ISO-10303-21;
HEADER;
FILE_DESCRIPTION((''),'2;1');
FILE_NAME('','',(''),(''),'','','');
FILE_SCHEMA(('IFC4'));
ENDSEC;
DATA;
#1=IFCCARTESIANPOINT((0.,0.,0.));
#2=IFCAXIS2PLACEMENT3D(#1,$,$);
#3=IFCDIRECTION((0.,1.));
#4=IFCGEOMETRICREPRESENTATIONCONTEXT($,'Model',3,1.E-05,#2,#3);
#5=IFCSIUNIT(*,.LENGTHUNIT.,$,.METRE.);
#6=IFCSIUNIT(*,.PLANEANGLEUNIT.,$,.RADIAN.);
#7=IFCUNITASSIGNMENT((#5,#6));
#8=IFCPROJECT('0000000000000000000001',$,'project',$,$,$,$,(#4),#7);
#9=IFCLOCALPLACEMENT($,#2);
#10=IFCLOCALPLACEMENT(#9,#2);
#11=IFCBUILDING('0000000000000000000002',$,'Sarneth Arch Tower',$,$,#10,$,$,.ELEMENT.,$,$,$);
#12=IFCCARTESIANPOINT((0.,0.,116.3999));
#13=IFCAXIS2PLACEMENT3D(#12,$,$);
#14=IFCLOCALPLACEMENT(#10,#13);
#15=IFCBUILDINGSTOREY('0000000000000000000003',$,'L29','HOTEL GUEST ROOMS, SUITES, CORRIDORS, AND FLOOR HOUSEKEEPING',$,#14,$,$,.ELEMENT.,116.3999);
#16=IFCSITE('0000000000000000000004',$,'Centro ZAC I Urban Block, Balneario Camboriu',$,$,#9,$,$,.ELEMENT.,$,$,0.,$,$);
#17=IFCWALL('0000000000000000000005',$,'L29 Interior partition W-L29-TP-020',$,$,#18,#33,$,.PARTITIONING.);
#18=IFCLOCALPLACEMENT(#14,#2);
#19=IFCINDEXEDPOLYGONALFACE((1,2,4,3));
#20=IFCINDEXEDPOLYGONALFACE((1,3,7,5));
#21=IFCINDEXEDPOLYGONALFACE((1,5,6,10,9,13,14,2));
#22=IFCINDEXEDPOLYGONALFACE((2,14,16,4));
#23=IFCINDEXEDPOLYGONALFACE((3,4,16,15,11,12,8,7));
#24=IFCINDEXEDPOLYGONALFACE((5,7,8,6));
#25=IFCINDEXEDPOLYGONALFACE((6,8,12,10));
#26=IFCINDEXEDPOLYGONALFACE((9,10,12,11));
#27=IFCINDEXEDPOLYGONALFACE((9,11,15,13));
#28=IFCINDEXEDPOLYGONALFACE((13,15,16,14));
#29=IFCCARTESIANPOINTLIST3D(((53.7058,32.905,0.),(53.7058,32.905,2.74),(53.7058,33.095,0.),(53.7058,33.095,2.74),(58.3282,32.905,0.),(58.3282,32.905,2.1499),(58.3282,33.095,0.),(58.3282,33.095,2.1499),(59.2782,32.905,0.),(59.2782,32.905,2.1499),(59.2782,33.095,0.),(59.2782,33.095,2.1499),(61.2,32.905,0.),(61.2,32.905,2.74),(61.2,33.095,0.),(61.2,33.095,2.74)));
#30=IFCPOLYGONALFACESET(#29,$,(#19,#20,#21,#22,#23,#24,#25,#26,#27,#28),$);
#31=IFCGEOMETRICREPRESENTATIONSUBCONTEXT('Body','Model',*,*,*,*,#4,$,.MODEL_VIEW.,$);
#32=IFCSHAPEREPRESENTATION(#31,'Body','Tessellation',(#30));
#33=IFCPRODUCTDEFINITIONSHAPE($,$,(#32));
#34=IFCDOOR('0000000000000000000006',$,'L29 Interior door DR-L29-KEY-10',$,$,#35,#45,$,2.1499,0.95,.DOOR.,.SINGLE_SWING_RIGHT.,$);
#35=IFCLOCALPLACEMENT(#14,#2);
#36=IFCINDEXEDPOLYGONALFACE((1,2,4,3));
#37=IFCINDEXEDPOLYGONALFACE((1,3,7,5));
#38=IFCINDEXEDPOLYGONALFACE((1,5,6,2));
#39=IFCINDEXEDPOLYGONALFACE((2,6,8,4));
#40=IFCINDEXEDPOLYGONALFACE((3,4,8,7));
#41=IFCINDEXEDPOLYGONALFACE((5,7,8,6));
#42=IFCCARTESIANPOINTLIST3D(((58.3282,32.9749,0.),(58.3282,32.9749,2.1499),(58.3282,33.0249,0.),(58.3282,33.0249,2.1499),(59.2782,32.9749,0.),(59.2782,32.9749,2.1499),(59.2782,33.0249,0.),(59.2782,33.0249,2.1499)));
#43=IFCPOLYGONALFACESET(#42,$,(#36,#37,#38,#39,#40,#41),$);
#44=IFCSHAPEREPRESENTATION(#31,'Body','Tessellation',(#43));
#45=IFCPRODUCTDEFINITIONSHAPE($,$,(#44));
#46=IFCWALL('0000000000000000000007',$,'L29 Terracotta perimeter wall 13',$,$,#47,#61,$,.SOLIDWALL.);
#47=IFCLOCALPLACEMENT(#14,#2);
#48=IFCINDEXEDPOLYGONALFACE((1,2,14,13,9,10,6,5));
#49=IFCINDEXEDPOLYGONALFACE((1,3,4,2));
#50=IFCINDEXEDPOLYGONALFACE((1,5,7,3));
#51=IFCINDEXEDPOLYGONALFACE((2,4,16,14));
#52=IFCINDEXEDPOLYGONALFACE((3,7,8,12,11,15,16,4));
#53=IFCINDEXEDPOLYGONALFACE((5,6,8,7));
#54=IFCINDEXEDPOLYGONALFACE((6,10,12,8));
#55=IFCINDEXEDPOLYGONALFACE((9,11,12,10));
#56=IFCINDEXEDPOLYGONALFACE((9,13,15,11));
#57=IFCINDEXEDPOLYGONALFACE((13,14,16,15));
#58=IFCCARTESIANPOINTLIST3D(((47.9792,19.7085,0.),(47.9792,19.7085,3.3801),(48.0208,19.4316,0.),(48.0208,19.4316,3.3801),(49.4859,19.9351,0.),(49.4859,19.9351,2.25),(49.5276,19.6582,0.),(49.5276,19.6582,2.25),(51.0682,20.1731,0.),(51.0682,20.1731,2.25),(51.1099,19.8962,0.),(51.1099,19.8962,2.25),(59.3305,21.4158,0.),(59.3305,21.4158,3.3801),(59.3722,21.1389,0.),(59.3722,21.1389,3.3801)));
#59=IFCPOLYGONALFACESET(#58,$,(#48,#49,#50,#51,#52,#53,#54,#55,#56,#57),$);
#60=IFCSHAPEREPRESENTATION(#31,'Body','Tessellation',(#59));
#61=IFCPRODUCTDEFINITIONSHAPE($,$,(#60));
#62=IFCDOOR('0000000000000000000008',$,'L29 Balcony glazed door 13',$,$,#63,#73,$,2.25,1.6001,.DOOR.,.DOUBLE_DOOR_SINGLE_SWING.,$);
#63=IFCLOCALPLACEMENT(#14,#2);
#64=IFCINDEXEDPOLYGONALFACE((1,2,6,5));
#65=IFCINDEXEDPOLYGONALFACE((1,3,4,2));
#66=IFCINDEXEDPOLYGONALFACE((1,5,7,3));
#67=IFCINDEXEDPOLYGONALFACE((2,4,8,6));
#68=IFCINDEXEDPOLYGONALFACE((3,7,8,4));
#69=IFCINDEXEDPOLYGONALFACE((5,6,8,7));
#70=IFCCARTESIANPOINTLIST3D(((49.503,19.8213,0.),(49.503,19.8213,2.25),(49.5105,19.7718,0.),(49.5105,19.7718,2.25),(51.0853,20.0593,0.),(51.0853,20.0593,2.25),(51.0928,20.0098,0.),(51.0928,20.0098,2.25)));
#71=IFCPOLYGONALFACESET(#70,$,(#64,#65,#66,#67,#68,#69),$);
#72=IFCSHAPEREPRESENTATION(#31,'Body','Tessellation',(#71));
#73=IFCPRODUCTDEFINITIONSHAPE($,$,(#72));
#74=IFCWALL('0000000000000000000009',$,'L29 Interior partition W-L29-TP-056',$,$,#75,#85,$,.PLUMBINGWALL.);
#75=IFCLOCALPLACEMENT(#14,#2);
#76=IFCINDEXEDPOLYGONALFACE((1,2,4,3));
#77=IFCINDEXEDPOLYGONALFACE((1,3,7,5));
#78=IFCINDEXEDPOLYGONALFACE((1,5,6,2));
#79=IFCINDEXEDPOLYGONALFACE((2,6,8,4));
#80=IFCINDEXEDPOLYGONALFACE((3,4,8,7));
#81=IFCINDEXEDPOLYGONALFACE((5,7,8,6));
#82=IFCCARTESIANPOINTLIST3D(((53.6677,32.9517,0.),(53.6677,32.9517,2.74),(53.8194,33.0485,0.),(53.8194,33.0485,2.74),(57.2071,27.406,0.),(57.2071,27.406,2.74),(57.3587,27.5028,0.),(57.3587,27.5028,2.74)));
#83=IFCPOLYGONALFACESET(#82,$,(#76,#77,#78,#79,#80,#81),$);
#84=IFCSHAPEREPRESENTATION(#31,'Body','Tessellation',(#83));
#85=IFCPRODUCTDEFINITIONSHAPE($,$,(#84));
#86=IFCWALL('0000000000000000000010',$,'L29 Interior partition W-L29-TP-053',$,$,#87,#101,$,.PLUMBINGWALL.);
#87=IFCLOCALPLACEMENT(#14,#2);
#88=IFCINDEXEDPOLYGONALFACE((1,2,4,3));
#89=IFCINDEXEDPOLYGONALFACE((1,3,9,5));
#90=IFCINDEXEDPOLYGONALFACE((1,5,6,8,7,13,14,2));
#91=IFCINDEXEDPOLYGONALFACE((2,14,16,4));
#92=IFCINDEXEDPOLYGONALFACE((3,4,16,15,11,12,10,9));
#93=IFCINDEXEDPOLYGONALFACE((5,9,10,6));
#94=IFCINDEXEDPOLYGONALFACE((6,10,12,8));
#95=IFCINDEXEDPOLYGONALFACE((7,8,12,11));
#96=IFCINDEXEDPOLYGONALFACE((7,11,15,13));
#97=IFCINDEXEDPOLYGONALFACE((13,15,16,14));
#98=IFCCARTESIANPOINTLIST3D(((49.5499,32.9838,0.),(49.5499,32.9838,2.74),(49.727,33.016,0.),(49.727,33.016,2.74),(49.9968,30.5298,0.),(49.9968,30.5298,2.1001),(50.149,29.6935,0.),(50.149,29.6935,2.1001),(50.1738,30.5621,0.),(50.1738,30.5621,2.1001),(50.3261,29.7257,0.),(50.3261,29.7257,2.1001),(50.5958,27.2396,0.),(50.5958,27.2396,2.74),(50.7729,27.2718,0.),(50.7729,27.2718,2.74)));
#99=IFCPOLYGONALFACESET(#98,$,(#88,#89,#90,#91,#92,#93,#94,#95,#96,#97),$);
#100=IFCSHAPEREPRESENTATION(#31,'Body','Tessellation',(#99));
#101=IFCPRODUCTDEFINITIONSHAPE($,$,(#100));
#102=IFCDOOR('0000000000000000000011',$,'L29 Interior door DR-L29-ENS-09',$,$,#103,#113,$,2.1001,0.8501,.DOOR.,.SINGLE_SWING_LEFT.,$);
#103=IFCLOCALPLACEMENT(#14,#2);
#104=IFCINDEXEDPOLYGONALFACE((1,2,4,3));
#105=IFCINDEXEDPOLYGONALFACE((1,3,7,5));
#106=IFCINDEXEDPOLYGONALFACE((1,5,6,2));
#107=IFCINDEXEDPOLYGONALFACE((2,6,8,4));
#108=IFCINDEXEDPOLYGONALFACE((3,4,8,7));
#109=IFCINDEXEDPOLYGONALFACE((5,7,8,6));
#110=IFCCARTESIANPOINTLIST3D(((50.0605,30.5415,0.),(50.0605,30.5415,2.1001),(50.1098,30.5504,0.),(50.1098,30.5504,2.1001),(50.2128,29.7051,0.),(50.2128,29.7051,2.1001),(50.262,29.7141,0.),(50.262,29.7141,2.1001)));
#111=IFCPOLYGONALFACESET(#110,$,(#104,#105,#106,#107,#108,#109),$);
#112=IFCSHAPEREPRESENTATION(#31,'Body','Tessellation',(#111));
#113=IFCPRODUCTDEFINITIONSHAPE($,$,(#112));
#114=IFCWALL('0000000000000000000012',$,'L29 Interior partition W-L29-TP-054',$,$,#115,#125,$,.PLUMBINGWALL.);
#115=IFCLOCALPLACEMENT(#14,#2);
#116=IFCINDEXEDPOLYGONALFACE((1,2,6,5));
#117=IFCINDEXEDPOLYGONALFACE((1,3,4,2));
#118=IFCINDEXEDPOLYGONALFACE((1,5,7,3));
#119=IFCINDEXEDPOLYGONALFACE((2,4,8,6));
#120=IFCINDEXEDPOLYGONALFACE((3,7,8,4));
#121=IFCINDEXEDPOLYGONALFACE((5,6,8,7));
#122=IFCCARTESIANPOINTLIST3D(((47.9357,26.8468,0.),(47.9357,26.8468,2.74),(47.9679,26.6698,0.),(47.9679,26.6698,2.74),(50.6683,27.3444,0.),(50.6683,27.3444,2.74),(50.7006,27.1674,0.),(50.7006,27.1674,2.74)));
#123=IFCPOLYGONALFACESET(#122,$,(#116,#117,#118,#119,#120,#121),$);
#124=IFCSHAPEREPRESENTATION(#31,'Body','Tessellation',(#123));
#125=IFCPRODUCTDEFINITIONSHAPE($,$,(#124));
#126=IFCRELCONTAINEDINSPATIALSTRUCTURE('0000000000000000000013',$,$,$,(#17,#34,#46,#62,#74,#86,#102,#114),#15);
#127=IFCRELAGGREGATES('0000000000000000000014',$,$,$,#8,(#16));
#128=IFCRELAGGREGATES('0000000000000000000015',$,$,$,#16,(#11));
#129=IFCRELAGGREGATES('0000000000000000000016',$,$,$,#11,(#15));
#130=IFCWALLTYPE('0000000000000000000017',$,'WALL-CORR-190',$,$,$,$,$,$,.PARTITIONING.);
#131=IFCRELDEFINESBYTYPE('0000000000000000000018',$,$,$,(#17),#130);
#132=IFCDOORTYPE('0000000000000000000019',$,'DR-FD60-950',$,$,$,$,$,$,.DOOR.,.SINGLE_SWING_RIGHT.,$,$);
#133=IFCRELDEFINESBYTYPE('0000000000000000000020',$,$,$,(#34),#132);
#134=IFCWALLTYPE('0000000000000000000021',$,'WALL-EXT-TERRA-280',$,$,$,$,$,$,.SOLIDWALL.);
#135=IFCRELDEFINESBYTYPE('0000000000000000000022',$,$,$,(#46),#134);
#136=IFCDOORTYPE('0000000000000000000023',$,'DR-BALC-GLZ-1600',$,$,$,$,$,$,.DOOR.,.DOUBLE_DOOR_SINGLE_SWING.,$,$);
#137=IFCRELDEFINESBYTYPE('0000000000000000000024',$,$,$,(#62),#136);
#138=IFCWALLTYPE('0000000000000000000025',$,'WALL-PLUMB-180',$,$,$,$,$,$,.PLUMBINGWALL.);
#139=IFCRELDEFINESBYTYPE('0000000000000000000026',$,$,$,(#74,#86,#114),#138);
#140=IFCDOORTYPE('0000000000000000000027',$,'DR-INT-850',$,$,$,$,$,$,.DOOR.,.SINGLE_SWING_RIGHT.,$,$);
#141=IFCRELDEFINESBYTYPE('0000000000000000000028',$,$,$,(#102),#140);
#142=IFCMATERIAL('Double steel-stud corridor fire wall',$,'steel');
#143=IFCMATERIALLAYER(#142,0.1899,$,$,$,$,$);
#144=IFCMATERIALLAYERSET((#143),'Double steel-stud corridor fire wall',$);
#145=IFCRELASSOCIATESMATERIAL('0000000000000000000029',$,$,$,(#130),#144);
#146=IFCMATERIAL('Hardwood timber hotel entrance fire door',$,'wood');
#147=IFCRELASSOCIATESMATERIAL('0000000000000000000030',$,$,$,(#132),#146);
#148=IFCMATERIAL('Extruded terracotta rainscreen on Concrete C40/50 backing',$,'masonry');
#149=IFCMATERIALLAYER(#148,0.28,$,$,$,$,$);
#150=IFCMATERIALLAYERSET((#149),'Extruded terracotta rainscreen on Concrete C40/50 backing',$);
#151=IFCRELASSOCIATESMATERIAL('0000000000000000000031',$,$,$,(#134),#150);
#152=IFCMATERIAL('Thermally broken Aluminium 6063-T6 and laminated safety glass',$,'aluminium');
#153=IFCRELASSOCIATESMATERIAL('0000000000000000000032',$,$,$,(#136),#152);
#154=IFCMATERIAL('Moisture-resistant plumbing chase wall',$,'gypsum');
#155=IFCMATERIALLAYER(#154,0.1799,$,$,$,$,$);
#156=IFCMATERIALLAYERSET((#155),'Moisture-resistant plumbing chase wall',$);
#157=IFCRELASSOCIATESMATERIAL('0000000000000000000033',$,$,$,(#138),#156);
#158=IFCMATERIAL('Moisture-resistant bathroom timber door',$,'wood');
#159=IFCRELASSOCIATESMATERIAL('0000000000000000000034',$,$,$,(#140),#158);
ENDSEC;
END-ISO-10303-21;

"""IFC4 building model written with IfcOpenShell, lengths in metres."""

from ifc_helpers import new_model, si_unit, direction, frame, frame_2d, origin, place, context, subcontext, project, spatial, rectangle, extrude, material, layer, layer_set, type_object, element, fill, save


model = new_model("IFC4")

# Units and contexts
model_context = context("Model", 3, precision=1e-05, world=origin(), true_north=direction((0.0, 1.0)))
body_context = subcontext(model_context, "Body", "Model", "MODEL_VIEW")
ifc_project = project(units=[si_unit("LENGTHUNIT", "METRE"), si_unit("PLANEANGLEUNIT", "RADIAN")], contexts=[model_context])

# Site, building, storey
site_placement = place(None, origin())
site = spatial("IfcSite", under=ifc_project, at=site_placement, Name="Centro ZAC I Urban Block, Balneario Camboriu", CompositionType="ELEMENT", RefElevation=0.0)
building_placement = place(site_placement, origin())
building = spatial("IfcBuilding", under=site, at=building_placement, Name="Sarneth Arch Tower", CompositionType="ELEMENT")
storey_placement = place(building_placement, frame((0.0, 0.0, 116.3999)))
storey = spatial("IfcBuildingStorey", under=building, at=storey_placement, Name="L29", Description="HOTEL GUEST ROOMS, SUITES, CORRIDORS, AND FLOOR HOUSEKEEPING", CompositionType="ELEMENT", Elevation=116.3999)

# Shared definitions
ifc_material_1 = material(Name="Double steel-stud corridor fire wall", Category="steel")
ifc_layer_1 = layer(ifc_material_1, 0.1899)
ifc_layer_set_1 = layer_set([ifc_layer_1], Name="Double steel-stud corridor fire wall")
wall_type_1 = type_object("IfcWallType", Name="WALL-CORR-190", PredefinedType="PARTITIONING", material=ifc_layer_set_1)
ifc_material_2 = material(Name="Hardwood timber hotel entrance fire door", Category="wood")
door_type_1 = type_object("IfcDoorType", Name="DR-FD60-950", OperationType="SINGLE_SWING_RIGHT", PredefinedType="DOOR", material=ifc_material_2)

# Walls, openings, doors
wall_1_placement = place(storey_placement, frame((53.7058, 33.0, 0.0), z_axis=(0.0, 0.0, 1.0), x_axis=(1.0, 0.0, 0.0)))
wall_1 = element("IfcWall", 1, at=wall_1_placement, inside=storey, type_object=wall_type_1, Name="L29 Interior partition W-L29-TP-020", PredefinedType="PARTITIONING", context=body_context, shape_type="SweptSolid", body=[
    extrude(rectangle(XDim=7.4941, YDim=0.1899, at=frame_2d((3.7471, 0.0))), origin(), (0.0, 0.0, 1.0), 2.74),
])
opening_1_placement = place(wall_1_placement, frame((4.6223, 0.0, 0.0)))
opening_1 = element("IfcOpeningElement", 2, at=opening_1_placement, cuts=wall_1, PredefinedType="OPENING", context=body_context, shape_type="SweptSolid", body=[
    extrude(rectangle(XDim=0.95, YDim=2.1499, at=frame_2d((0.4751, 1.075))), frame((0.0, 0.105, 0.0), z_axis=(0.0, -1.0, 0.0), x_axis=(1.0, 0.0, 0.0)), (0.0, 0.0, 1.0), 0.21),
])
door_1_placement = place(opening_1_placement, origin())
door_1 = element("IfcDoor", 3, at=door_1_placement, inside=storey, type_object=door_type_1, Name="L29 Interior door DR-L29-KEY-10", OperationType="SINGLE_SWING_RIGHT", OverallHeight=2.1499, OverallWidth=0.95, PredefinedType="DOOR", context=body_context, shape_type="SweptSolid", body=[
    extrude(rectangle(XDim=0.95, YDim=2.1499, at=frame_2d((0.4751, 1.075))), frame((0.0, 0.0249, 0.0), z_axis=(0.0, -1.0, 0.0), x_axis=(1.0, 0.0, 0.0)), (0.0, 0.0, 1.0), 0.05),
])
fill(opening_1, door_1)
ifc_material_3 = material(Name="Extruded terracotta rainscreen on Concrete C40/50 backing", Category="masonry")
ifc_layer_2 = layer(ifc_material_3, 0.28)
ifc_layer_set_2 = layer_set([ifc_layer_2], Name="Extruded terracotta rainscreen on Concrete C40/50 backing")
wall_type_2 = type_object("IfcWallType", Name="WALL-EXT-TERRA-280", PredefinedType="SOLIDWALL", material=ifc_layer_set_2)
wall_2_placement = place(storey_placement, frame((48.0, 19.5701, 0.0), z_axis=(0.0, 0.0, 1.0), x_axis=(0.988878, 0.14873, 0.0)))
wall_2 = element("IfcWall", 4, at=wall_2_placement, inside=storey, type_object=wall_type_2, Name="L29 Terracotta perimeter wall 13", PredefinedType="SOLIDWALL", context=body_context, shape_type="SweptSolid", body=[
    extrude(rectangle(XDim=11.479, YDim=0.28, at=frame_2d((5.7395, 0.0))), origin(), (0.0, 0.0, 1.0), 3.3801),
])
opening_2_placement = place(wall_2_placement, frame((1.5237, 0.0, 0.0)))
opening_2 = element("IfcOpeningElement", 5, at=opening_2_placement, cuts=wall_2, PredefinedType="OPENING", context=body_context, shape_type="SweptSolid", body=[
    extrude(rectangle(XDim=1.6001, YDim=2.25, at=frame_2d((0.8, 1.125))), frame((0.0, 0.1499, 0.0), z_axis=(0.0, -1.0, 0.0), x_axis=(1.0, 0.0, 0.0)), (0.0, 0.0, 1.0), 0.3),
])
ifc_material_4 = material(Name="Thermally broken Aluminium 6063-T6 and laminated safety glass", Category="aluminium")
door_type_2 = type_object("IfcDoorType", Name="DR-BALC-GLZ-1600", OperationType="DOUBLE_DOOR_SINGLE_SWING", PredefinedType="DOOR", material=ifc_material_4)
door_2_placement = place(opening_2_placement, origin())
door_2 = element("IfcDoor", 6, at=door_2_placement, inside=storey, type_object=door_type_2, Name="L29 Balcony glazed door 13", OperationType="DOUBLE_DOOR_SINGLE_SWING", OverallHeight=2.25, OverallWidth=1.6001, PredefinedType="DOOR", context=body_context, shape_type="SweptSolid", body=[
    extrude(rectangle(XDim=1.6001, YDim=2.25, at=frame_2d((0.8, 1.125))), frame((0.0, 0.0249, 0.0), z_axis=(0.0, -1.0, 0.0), x_axis=(1.0, 0.0, 0.0)), (0.0, 0.0, 1.0), 0.05),
])
fill(opening_2, door_2)

# Wall
ifc_material_5 = material(Name="Moisture-resistant plumbing chase wall", Category="gypsum")
ifc_layer_3 = layer(ifc_material_5, 0.1799)
ifc_layer_set_3 = layer_set([ifc_layer_3], Name="Moisture-resistant plumbing chase wall")
wall_type_3 = type_object("IfcWallType", Name="WALL-PLUMB-180", PredefinedType="PLUMBINGWALL", material=ifc_layer_set_3)
wall_3_placement = place(storey_placement, frame((57.283, 27.4543, 0.0), z_axis=(0.0, 0.0, 1.0), x_axis=(-0.537984, 0.842955, 0.0)))
element("IfcWall", 7, at=wall_3_placement, inside=storey, type_object=wall_type_3, Name="L29 Interior partition W-L29-TP-056", PredefinedType="PLUMBINGWALL", context=body_context, shape_type="SweptSolid", body=[
    extrude(rectangle(XDim=6.5789, YDim=0.1799, at=frame_2d((3.2896, 0.0))), origin(), (0.0, 0.0, 1.0), 2.74),
])

# Wall, opening, door
wall_4_placement = place(storey_placement, frame((49.6384, 33.0, 0.0), z_axis=(0.0, 0.0, 1.0), x_axis=(0.179136, -0.983824, 0.0)))
wall_4 = element("IfcWall", 8, at=wall_4_placement, inside=storey, type_object=wall_type_3, Name="L29 Interior partition W-L29-TP-053", PredefinedType="PLUMBINGWALL", context=body_context, shape_type="SweptSolid", body=[
    extrude(rectangle(XDim=5.8386, YDim=0.1799, at=frame_2d((2.9194, 0.0))), origin(), (0.0, 0.0, 1.0), 2.74),
])
opening_3_placement = place(wall_4_placement, frame((2.4944, 0.0, 0.0)))
opening_3 = element("IfcOpeningElement", 9, at=opening_3_placement, cuts=wall_4, PredefinedType="OPENING", context=body_context, shape_type="SweptSolid", body=[
    extrude(rectangle(XDim=0.8501, YDim=2.1001, at=frame_2d((0.425, 1.05))), frame((0.0, 0.0999, 0.0), z_axis=(0.0, -1.0, 0.0), x_axis=(1.0, 0.0, 0.0)), (0.0, 0.0, 1.0), 0.2),
])
ifc_material_6 = material(Name="Moisture-resistant bathroom timber door", Category="wood")
door_type_3 = type_object("IfcDoorType", Name="DR-INT-850", OperationType="SINGLE_SWING_RIGHT", PredefinedType="DOOR", material=ifc_material_6)
door_3_placement = place(opening_3_placement, origin())
door_3 = element("IfcDoor", 10, at=door_3_placement, inside=storey, type_object=door_type_3, Name="L29 Interior door DR-L29-ENS-09", OperationType="SINGLE_SWING_LEFT", OverallHeight=2.1001, OverallWidth=0.8501, PredefinedType="DOOR", context=body_context, shape_type="SweptSolid", body=[
    extrude(rectangle(XDim=0.8501, YDim=2.1001, at=frame_2d((0.425, 1.05))), frame((0.0, 0.0249, 0.0), z_axis=(0.0, -1.0, 0.0), x_axis=(1.0, 0.0, 0.0)), (0.0, 0.0, 1.0), 0.05),
])
fill(opening_3, door_3)

# Wall
wall_5_placement = place(storey_placement, frame((50.6843, 27.2559, 0.0), z_axis=(0.0, 0.0, 1.0), x_axis=(-0.983825, -0.179133, 0.0)))
element("IfcWall", 11, at=wall_5_placement, inside=storey, type_object=wall_type_3, Name="L29 Interior partition W-L29-TP-054", PredefinedType="PLUMBINGWALL", context=body_context, shape_type="SweptSolid", body=[
    extrude(rectangle(XDim=2.7776, YDim=0.1799, at=frame_2d((1.3887, 0.0))), origin(), (0.0, 0.0, 1.0), 2.74),
])

save(model, "model.ifc")
